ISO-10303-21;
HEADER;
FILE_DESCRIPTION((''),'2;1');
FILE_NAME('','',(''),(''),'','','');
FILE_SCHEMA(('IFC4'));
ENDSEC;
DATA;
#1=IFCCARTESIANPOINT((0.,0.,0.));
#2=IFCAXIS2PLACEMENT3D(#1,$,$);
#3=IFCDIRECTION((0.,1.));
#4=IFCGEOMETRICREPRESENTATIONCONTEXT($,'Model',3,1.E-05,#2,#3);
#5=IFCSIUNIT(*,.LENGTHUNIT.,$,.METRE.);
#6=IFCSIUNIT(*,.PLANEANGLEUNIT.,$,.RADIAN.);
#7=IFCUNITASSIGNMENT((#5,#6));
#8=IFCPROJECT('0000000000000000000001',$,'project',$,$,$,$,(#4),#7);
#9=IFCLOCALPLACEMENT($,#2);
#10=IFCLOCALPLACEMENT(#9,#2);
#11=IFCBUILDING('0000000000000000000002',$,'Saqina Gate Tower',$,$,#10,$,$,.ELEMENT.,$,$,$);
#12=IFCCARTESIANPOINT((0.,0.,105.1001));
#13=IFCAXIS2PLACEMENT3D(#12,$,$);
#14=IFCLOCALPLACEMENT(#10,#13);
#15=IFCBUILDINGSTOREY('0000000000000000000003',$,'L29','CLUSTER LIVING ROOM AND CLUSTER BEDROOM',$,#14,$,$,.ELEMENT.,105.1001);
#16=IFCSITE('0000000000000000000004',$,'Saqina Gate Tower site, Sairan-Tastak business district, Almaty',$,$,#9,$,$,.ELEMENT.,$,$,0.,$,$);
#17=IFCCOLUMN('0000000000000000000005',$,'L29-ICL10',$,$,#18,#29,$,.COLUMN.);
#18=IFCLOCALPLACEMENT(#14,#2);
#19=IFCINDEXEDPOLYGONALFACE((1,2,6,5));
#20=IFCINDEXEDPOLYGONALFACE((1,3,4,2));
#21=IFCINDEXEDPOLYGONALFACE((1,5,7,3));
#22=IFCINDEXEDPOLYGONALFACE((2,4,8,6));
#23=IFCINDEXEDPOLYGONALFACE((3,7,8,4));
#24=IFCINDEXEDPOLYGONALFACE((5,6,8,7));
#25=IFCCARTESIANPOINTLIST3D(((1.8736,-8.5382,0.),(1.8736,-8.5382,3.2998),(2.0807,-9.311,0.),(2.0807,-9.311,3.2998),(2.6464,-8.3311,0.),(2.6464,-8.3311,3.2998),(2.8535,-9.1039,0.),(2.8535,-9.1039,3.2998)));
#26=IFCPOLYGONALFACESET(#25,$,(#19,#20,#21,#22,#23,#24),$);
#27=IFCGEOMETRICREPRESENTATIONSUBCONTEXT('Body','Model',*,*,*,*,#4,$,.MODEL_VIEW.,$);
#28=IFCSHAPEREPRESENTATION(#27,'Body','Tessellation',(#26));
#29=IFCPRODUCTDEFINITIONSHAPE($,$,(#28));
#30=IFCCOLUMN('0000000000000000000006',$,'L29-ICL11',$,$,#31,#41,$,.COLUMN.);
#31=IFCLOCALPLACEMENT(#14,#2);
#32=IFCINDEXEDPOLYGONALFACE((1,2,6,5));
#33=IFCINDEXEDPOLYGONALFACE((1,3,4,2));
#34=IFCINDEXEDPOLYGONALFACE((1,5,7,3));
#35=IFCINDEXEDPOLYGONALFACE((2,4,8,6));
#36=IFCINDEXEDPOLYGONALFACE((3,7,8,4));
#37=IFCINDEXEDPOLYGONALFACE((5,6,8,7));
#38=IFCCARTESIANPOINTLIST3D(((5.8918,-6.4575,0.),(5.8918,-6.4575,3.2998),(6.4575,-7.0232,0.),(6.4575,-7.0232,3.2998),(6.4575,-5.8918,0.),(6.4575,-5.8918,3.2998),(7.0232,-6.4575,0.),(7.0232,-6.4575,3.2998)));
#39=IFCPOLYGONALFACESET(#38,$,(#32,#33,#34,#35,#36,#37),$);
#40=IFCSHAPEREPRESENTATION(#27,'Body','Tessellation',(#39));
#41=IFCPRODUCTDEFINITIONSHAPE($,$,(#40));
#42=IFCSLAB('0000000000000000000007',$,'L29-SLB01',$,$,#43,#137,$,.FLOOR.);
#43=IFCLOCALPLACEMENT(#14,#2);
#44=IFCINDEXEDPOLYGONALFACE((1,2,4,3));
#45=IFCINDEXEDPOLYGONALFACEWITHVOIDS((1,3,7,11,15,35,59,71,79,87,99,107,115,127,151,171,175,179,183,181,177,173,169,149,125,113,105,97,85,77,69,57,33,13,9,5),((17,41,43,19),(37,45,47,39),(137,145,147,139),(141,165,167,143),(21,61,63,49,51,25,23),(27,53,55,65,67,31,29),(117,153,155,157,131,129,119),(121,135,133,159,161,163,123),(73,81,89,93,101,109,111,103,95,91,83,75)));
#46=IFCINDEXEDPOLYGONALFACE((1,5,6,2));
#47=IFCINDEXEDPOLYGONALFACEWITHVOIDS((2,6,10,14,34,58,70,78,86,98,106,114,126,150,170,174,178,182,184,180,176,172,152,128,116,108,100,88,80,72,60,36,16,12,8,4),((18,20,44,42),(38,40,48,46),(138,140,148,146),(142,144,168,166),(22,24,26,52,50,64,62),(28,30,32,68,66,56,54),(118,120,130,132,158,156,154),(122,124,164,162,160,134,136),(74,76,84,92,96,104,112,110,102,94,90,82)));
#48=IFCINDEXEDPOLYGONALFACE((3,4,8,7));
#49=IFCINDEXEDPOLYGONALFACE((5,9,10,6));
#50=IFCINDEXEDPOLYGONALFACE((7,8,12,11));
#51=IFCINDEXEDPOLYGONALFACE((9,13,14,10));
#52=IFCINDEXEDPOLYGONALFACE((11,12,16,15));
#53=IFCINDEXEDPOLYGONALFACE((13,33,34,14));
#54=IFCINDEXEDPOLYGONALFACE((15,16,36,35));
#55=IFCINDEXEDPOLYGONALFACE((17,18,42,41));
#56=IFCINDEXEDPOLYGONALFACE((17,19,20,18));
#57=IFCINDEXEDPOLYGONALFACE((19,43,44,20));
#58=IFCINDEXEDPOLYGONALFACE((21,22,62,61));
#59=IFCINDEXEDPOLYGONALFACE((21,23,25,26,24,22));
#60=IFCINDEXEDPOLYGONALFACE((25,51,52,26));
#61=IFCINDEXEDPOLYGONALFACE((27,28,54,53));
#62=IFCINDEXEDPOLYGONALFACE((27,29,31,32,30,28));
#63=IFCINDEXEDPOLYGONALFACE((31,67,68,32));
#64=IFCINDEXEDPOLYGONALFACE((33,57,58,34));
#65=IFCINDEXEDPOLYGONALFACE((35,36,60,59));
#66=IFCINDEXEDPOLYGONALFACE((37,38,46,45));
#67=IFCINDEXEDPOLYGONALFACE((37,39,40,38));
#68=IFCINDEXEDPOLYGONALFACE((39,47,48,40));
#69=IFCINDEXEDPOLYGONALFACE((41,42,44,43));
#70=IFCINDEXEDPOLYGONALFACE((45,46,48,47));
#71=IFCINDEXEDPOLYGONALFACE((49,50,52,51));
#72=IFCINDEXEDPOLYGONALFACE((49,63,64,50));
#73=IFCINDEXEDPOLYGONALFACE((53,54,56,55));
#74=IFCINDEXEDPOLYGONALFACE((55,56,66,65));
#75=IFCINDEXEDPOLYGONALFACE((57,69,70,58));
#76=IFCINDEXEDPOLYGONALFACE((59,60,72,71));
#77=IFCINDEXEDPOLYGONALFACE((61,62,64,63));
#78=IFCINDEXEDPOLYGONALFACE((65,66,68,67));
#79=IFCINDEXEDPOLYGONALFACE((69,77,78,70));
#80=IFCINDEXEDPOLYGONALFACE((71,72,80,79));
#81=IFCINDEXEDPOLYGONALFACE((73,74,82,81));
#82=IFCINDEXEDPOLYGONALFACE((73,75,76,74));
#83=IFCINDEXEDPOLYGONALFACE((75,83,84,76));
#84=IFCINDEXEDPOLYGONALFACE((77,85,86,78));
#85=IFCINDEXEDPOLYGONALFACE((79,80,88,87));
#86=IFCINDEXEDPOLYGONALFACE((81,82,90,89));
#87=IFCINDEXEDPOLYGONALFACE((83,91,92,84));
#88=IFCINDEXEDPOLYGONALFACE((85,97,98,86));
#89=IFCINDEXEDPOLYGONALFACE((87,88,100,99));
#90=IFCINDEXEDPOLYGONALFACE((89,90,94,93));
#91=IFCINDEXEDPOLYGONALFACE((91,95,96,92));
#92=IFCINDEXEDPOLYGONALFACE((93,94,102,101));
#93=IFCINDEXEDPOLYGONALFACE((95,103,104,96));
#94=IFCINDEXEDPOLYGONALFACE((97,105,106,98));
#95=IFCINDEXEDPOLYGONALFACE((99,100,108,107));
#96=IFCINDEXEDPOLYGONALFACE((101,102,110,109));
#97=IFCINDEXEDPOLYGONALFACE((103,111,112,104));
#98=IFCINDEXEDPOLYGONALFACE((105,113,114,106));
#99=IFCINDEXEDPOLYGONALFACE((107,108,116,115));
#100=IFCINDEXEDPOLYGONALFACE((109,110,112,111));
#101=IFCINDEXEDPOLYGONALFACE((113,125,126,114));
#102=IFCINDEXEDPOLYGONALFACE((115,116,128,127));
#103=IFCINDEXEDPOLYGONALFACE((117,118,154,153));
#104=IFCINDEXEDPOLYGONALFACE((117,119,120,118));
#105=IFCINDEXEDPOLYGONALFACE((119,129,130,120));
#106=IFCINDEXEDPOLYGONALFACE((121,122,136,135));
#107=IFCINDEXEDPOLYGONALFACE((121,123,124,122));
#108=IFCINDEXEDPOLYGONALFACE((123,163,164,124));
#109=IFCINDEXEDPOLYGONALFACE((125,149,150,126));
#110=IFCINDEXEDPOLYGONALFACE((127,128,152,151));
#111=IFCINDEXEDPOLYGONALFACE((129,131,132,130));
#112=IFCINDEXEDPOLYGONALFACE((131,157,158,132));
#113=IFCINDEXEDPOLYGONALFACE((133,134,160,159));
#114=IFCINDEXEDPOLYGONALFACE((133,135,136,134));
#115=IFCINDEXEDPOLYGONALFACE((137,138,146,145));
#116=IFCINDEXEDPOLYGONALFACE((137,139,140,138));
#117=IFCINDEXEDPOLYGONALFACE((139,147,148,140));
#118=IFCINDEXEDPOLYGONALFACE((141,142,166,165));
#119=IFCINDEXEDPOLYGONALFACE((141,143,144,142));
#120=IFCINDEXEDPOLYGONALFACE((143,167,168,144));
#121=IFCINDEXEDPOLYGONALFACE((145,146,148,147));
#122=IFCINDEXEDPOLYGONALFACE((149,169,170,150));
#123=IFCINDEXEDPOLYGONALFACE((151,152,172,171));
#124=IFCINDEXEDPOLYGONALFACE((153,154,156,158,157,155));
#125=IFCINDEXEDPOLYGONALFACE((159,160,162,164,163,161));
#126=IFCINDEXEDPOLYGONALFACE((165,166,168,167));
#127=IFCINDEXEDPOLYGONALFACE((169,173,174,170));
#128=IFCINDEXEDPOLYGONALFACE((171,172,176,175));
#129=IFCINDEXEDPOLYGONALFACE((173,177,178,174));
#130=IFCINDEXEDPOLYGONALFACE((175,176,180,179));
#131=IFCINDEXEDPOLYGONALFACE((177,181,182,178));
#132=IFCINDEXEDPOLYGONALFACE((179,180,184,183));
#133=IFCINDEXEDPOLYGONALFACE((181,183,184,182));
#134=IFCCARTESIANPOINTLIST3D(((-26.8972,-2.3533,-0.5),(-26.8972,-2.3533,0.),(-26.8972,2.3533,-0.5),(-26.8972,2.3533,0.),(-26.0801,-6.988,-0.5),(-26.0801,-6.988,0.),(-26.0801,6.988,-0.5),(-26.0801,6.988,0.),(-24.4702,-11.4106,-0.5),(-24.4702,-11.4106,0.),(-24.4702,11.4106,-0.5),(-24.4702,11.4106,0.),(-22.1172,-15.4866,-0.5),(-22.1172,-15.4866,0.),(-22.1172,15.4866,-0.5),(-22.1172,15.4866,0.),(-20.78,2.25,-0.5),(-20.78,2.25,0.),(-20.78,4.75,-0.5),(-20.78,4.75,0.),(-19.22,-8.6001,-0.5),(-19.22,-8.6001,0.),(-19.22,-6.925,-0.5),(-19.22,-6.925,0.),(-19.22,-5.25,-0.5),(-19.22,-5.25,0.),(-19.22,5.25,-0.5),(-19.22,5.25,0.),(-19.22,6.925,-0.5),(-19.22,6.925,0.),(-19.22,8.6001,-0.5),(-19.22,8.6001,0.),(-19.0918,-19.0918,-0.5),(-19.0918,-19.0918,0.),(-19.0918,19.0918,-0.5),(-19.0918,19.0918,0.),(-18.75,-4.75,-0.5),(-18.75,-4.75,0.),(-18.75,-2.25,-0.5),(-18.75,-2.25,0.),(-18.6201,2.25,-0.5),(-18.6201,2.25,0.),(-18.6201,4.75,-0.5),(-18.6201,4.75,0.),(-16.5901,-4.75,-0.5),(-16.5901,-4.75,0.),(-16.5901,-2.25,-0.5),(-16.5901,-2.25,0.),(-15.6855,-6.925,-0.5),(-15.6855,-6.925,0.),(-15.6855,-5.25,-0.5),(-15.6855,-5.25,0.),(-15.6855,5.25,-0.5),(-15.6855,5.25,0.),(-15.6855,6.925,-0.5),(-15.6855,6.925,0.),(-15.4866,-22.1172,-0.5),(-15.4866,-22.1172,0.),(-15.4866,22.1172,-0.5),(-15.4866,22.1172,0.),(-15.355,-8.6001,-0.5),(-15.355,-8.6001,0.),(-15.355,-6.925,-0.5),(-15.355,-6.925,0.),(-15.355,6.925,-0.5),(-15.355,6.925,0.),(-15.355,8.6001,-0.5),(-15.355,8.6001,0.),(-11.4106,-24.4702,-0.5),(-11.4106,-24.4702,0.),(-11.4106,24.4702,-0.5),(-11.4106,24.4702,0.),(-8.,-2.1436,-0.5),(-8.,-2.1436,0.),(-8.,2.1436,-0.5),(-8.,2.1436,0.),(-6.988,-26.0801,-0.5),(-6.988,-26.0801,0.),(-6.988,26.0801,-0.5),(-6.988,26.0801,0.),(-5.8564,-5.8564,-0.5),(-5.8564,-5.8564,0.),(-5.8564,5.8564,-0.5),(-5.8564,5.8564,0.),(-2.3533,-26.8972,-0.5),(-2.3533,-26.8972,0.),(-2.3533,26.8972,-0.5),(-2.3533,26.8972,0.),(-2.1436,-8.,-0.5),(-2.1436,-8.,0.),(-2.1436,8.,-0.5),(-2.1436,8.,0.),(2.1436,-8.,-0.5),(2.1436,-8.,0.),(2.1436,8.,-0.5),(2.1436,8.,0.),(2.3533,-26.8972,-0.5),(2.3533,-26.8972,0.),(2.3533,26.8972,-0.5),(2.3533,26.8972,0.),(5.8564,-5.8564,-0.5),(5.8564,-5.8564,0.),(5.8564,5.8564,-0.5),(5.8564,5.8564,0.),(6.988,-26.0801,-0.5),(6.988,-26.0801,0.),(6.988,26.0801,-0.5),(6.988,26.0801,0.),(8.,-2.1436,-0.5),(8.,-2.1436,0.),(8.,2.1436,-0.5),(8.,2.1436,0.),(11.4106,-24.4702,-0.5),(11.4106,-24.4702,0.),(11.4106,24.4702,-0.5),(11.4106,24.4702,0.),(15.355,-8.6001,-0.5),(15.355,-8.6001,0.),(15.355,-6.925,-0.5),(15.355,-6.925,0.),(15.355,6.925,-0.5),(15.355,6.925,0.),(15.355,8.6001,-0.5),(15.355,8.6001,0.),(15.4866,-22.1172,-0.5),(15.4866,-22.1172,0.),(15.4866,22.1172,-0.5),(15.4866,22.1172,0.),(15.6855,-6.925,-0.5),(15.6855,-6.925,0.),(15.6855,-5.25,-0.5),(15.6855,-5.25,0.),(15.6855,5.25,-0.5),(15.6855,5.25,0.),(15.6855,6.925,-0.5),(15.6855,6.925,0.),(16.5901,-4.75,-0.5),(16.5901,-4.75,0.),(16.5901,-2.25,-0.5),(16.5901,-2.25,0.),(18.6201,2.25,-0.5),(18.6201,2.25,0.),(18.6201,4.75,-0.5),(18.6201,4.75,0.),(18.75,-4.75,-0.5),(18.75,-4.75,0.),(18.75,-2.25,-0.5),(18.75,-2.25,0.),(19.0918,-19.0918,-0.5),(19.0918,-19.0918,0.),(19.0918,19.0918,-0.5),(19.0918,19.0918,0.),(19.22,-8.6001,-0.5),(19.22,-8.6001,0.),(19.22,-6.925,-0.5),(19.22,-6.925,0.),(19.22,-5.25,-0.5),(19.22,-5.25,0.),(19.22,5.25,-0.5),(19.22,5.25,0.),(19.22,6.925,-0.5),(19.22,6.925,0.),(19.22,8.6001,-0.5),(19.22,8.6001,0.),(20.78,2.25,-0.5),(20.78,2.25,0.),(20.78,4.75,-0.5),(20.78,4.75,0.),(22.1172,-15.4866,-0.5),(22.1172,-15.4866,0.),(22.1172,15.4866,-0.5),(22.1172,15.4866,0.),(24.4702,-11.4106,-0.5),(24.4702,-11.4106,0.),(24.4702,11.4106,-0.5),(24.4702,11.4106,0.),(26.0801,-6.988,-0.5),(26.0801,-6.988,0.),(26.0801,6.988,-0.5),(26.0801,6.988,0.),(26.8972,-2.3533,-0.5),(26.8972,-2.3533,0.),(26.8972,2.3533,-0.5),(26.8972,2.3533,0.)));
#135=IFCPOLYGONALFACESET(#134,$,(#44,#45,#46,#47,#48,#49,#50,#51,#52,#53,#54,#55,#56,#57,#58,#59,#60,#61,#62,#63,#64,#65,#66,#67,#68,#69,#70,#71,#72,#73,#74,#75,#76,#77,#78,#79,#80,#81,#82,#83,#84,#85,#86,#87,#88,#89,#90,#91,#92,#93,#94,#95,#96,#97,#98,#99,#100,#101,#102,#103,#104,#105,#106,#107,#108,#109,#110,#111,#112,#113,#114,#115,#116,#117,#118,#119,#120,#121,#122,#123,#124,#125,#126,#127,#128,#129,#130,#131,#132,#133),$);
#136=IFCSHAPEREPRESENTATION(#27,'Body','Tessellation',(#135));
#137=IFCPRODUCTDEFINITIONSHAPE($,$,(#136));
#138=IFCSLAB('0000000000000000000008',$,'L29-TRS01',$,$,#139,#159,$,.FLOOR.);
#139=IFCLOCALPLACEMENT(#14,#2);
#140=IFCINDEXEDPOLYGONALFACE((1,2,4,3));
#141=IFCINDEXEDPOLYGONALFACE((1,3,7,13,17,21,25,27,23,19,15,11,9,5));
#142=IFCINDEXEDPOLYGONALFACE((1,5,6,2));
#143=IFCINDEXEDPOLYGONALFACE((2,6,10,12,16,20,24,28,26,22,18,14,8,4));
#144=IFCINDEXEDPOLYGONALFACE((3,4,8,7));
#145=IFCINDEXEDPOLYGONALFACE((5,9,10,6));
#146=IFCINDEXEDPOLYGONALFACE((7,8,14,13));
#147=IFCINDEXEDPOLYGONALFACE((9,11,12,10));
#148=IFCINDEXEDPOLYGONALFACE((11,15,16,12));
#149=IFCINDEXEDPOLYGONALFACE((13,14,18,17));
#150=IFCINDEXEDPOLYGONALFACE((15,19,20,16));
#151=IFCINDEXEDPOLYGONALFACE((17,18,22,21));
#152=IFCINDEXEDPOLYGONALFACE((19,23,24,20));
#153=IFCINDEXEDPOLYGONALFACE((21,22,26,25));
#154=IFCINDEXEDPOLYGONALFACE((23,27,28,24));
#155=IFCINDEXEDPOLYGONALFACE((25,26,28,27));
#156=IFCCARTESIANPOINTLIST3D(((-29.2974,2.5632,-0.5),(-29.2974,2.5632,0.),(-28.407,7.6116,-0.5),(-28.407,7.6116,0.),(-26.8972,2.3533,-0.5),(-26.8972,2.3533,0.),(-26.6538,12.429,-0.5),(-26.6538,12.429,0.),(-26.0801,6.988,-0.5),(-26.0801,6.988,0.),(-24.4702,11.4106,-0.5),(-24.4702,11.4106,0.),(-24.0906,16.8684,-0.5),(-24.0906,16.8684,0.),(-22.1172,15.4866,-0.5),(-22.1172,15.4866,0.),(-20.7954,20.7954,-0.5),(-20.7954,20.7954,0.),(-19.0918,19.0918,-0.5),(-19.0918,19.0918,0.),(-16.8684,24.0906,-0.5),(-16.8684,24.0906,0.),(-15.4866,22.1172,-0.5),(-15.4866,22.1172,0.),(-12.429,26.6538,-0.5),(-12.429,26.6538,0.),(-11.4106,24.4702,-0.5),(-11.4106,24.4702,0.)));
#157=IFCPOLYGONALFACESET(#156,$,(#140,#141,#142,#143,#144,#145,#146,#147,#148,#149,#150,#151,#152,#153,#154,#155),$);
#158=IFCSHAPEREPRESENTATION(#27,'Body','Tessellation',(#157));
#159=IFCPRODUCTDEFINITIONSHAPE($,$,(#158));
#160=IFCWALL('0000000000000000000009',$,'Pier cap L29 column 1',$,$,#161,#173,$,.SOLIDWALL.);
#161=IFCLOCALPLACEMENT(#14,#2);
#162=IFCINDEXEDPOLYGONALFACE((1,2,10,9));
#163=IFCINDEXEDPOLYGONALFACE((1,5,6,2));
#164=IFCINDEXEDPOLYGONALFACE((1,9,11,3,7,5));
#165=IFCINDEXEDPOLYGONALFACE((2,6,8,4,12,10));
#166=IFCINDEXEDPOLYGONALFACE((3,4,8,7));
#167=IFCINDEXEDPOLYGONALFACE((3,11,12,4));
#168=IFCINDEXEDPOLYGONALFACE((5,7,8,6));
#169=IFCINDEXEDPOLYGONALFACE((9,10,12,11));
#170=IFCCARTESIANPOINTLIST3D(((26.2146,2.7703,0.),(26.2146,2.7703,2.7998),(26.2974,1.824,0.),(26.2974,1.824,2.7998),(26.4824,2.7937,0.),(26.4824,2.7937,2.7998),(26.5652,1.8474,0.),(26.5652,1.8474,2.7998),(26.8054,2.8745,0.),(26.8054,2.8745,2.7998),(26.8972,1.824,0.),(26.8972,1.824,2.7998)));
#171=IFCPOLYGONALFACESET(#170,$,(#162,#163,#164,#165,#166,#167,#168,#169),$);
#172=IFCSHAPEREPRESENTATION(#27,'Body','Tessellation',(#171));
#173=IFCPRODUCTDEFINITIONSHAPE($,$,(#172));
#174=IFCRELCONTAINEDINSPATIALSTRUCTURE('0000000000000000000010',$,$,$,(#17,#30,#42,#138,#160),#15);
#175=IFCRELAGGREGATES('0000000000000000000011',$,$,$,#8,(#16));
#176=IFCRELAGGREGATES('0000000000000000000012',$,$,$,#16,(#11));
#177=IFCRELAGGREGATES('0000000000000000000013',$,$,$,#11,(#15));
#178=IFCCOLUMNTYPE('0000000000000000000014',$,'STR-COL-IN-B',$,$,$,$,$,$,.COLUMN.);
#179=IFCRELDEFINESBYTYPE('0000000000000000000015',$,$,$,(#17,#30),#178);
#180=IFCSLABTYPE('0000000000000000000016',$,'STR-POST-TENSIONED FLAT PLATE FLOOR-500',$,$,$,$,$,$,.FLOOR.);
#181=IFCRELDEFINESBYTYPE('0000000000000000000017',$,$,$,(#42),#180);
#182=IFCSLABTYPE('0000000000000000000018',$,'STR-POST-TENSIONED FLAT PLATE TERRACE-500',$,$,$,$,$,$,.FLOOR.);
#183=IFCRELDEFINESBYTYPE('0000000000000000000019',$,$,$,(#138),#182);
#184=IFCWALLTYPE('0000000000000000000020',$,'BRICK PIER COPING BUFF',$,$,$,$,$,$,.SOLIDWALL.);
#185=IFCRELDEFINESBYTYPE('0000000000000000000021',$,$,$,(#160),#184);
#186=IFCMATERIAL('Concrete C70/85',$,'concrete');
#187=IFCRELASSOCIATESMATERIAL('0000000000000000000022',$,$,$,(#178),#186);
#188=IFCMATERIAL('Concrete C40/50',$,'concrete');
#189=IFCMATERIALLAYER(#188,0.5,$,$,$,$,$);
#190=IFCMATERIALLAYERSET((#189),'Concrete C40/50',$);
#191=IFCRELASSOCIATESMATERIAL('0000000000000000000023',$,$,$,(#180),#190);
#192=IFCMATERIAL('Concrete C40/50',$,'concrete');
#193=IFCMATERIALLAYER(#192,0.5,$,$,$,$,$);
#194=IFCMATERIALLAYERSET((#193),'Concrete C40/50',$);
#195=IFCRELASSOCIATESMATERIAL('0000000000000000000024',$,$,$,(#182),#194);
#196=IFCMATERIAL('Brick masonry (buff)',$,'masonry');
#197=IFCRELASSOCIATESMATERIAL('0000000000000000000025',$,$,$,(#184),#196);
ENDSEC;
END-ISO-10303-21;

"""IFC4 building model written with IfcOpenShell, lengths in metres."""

from ifc_helpers import new_model, si_unit, direction, frame, origin, origin_2d, place, context, subcontext, project, spatial, polyline, rectangle, outline, extrude, material, layer, layer_set, material_profile, profile_set, type_object, element, save


model = new_model("IFC4")

# Units and contexts
model_context = context("Model", 3, precision=1e-05, world=origin(), true_north=direction((0.0, 1.0)))
body_context = subcontext(model_context, "Body", "Model", "MODEL_VIEW")
ifc_project = project(units=[si_unit("LENGTHUNIT", "METRE"), si_unit("PLANEANGLEUNIT", "RADIAN")], contexts=[model_context])

# Site, building, storey
site_placement = place(None, origin())
site = spatial("IfcSite", under=ifc_project, at=site_placement, Name="Saqina Gate Tower site, Sairan-Tastak business district, Almaty", CompositionType="ELEMENT", RefElevation=0.0)
building_placement = place(site_placement, origin())
building = spatial("IfcBuilding", under=site, at=building_placement, Name="Saqina Gate Tower", CompositionType="ELEMENT")
storey_placement = place(building_placement, frame((0.0, 0.0, 105.1001)))
storey = spatial("IfcBuildingStorey", under=building, at=storey_placement, Name="L29", Description="CLUSTER LIVING ROOM AND CLUSTER BEDROOM", CompositionType="ELEMENT", Elevation=105.1001)

# Columns
ifc_material_1 = material(Name="Concrete C70/85", Category="concrete")
ifc_material_profile = material_profile(ifc_material_1, rectangle(XDim=0.8, YDim=0.8, at=origin_2d()), Name="RC 800x800")
ifc_profile_set = profile_set([ifc_material_profile], Name="Concrete C70/85")
column_type = type_object("IfcColumnType", Name="STR-COL-IN-B", PredefinedType="COLUMN", material=ifc_profile_set)
for number, where, z_axis, x_axis, name in (
    (1, (2.3635, -8.821, 0.0), (0.0, 0.0, 1.0), (0.258819, -0.965926, 0.0), "L29-ICL10"),
    (2, (6.4575, -6.4575, 0.0), (0.0, 0.0, 1.0), (0.707107, -0.707107, 0.0), "L29-ICL11"),
):
    element("IfcColumn", number, at=place(storey_placement, frame(where, z_axis=z_axis, x_axis=x_axis)), inside=storey, type_object=column_type, Name=name, PredefinedType="COLUMN", context=body_context, shape_type="SweptSolid", body=[
        extrude(rectangle(XDim=0.8, YDim=0.8, at=origin_2d()), origin(), (0.0, 0.0, 1.0), 3.2998),
    ])

# Slabs
ifc_material_2 = material(Name="Concrete C40/50", Category="concrete")
ifc_layer_1 = layer(ifc_material_2, 0.5)
ifc_layer_set_1 = layer_set([ifc_layer_1], Name="Concrete C40/50")
slab_type_1 = type_object("IfcSlabType", Name="STR-POST-TENSIONED FLAT PLATE FLOOR-500", PredefinedType="FLOOR", material=ifc_layer_set_1)
slab_1_placement = place(storey_placement, frame((0.0, 0.0, -0.5)))
element("IfcSlab", 3, at=slab_1_placement, inside=storey, type_object=slab_type_1, Name="L29-SLB01", PredefinedType="FLOOR", context=body_context, shape_type="SweptSolid", body=[
    extrude(outline(polyline([(26.0801, -6.988), (26.8972, -2.3533), (26.8972, 2.3533), (26.0801, 6.988), (24.4702, 11.4106), (22.1172, 15.4866), (19.0918, 19.0918), (15.4866, 22.1172), (11.4106, 24.4702), (6.988, 26.0801), (2.3533, 26.8972), (-2.3533, 26.8972), (-6.988, 26.0801), (-11.4106, 24.4702), (-15.4866, 22.1172), (-19.0918, 19.0918), (-22.1172, 15.4866), (-24.4702, 11.4106), (-26.0801, 6.988), (-26.8972, 2.3533), (-26.8972, -2.3533), (-26.0801, -6.988), (-24.4702, -11.4106), (-22.1172, -15.4866), (-19.0918, -19.0918), (-15.4866, -22.1172), (-11.4106, -24.4702), (-6.988, -26.0801), (-2.3533, -26.8972), (2.3533, -26.8972), (6.988, -26.0801), (11.4106, -24.4702), (15.4866, -22.1172), (19.0918, -19.0918), (22.1172, -15.4866), (24.4702, -11.4106), (26.0801, -6.988)]), holes=[polyline([(2.1436, 8.0), (5.8564, 5.8564), (8.0, 2.1436), (8.0, -2.1436), (5.8564, -5.8564), (2.1436, -8.0), (-2.1436, -8.0), (-5.8564, -5.8564), (-8.0, -2.1436), (-8.0, 2.1436), (-5.8564, 5.8564), (-2.1436, 8.0), (2.1436, 8.0)]), polyline([(-15.355, -8.6001), (-19.22, -8.6001), (-19.22, -6.925), (-19.22, -5.25), (-15.6855, -5.25), (-15.6855, -6.925), (-15.355, -6.925), (-15.355, -8.6001)]), polyline([(-16.5901, -2.25), (-16.5901, -4.75), (-18.75, -4.75), (-18.75, -2.25), (-16.5901, -2.25)]), polyline([(-20.78, 4.75), (-18.6201, 4.75), (-18.6201, 2.25), (-20.78, 2.25), (-20.78, 4.75)]), polyline([(-19.22, 6.925), (-19.22, 8.6001), (-15.355, 8.6001), (-15.355, 6.925), (-15.6855, 6.925), (-15.6855, 5.25), (-19.22, 5.25), (-19.22, 6.925)]), polyline([(15.355, -8.6001), (15.355, -6.925), (15.6855, -6.925), (15.6855, -5.25), (19.22, -5.25), (19.22, -6.925), (19.22, -8.6001), (15.355, -8.6001)]), polyline([(18.75, -2.25), (18.75, -4.75), (16.5901, -4.75), (16.5901, -2.25), (18.75, -2.25)]), polyline([(18.6201, 4.75), (20.78, 4.75), (20.78, 2.25), (18.6201, 2.25), (18.6201, 4.75)]), polyline([(15.6855, 6.925), (15.355, 6.925), (15.355, 8.6001), (19.22, 8.6001), (19.22, 6.925), (19.22, 5.25), (15.6855, 5.25), (15.6855, 6.925)])]), origin(), (0.0, 0.0, 1.0), 0.5),
])
ifc_material_3 = material(Name="Concrete C40/50", Category="concrete")
ifc_layer_2 = layer(ifc_material_3, 0.5)
ifc_layer_set_2 = layer_set([ifc_layer_2], Name="Concrete C40/50")
slab_type_2 = type_object("IfcSlabType", Name="STR-POST-TENSIONED FLAT PLATE TERRACE-500", PredefinedType="FLOOR", material=ifc_layer_set_2)
slab_2_placement = place(storey_placement, frame((0.0, 0.0, -0.5)))
element("IfcSlab", 4, at=slab_2_placement, inside=storey, type_object=slab_type_2, Name="L29-TRS01", PredefinedType="FLOOR", context=body_context, shape_type="SweptSolid", body=[
    extrude(outline(polyline([(-11.4106, 24.4702), (-15.4866, 22.1172), (-19.0918, 19.0918), (-22.1172, 15.4866), (-24.4702, 11.4106), (-26.0801, 6.988), (-26.8972, 2.3533), (-29.2974, 2.5632), (-28.407, 7.6116), (-26.6538, 12.429), (-24.0906, 16.8684), (-20.7954, 20.7954), (-16.8684, 24.0906), (-12.429, 26.6538), (-11.4106, 24.4702)])), origin(), (0.0, 0.0, 1.0), 0.5),
])

# Wall
ifc_material_4 = material(Name="Brick masonry (buff)", Category="masonry")
wall_type_1 = type_object("IfcWallType", Name="BRICK PIER COPING BUFF", PredefinedType="SOLIDWALL", material=ifc_material_4)
wall_1_placement = place(storey_placement, origin())
element("IfcWall", 5, at=wall_1_placement, inside=storey, type_object=wall_type_1, Name="Pier cap L29 column 1", PredefinedType="SOLIDWALL", context=body_context, shape_type="SweptSolid", body=[
    extrude(outline(polyline([(26.8054, 2.8745), (26.2146, 2.7703), (26.4824, 2.7937), (26.5652, 1.8474), (26.2974, 1.824), (26.8972, 1.824), (26.8054, 2.8745)])), origin(), (0.0, 0.0, 1.0), 2.7998),
])

save(model, "model.ifc")
